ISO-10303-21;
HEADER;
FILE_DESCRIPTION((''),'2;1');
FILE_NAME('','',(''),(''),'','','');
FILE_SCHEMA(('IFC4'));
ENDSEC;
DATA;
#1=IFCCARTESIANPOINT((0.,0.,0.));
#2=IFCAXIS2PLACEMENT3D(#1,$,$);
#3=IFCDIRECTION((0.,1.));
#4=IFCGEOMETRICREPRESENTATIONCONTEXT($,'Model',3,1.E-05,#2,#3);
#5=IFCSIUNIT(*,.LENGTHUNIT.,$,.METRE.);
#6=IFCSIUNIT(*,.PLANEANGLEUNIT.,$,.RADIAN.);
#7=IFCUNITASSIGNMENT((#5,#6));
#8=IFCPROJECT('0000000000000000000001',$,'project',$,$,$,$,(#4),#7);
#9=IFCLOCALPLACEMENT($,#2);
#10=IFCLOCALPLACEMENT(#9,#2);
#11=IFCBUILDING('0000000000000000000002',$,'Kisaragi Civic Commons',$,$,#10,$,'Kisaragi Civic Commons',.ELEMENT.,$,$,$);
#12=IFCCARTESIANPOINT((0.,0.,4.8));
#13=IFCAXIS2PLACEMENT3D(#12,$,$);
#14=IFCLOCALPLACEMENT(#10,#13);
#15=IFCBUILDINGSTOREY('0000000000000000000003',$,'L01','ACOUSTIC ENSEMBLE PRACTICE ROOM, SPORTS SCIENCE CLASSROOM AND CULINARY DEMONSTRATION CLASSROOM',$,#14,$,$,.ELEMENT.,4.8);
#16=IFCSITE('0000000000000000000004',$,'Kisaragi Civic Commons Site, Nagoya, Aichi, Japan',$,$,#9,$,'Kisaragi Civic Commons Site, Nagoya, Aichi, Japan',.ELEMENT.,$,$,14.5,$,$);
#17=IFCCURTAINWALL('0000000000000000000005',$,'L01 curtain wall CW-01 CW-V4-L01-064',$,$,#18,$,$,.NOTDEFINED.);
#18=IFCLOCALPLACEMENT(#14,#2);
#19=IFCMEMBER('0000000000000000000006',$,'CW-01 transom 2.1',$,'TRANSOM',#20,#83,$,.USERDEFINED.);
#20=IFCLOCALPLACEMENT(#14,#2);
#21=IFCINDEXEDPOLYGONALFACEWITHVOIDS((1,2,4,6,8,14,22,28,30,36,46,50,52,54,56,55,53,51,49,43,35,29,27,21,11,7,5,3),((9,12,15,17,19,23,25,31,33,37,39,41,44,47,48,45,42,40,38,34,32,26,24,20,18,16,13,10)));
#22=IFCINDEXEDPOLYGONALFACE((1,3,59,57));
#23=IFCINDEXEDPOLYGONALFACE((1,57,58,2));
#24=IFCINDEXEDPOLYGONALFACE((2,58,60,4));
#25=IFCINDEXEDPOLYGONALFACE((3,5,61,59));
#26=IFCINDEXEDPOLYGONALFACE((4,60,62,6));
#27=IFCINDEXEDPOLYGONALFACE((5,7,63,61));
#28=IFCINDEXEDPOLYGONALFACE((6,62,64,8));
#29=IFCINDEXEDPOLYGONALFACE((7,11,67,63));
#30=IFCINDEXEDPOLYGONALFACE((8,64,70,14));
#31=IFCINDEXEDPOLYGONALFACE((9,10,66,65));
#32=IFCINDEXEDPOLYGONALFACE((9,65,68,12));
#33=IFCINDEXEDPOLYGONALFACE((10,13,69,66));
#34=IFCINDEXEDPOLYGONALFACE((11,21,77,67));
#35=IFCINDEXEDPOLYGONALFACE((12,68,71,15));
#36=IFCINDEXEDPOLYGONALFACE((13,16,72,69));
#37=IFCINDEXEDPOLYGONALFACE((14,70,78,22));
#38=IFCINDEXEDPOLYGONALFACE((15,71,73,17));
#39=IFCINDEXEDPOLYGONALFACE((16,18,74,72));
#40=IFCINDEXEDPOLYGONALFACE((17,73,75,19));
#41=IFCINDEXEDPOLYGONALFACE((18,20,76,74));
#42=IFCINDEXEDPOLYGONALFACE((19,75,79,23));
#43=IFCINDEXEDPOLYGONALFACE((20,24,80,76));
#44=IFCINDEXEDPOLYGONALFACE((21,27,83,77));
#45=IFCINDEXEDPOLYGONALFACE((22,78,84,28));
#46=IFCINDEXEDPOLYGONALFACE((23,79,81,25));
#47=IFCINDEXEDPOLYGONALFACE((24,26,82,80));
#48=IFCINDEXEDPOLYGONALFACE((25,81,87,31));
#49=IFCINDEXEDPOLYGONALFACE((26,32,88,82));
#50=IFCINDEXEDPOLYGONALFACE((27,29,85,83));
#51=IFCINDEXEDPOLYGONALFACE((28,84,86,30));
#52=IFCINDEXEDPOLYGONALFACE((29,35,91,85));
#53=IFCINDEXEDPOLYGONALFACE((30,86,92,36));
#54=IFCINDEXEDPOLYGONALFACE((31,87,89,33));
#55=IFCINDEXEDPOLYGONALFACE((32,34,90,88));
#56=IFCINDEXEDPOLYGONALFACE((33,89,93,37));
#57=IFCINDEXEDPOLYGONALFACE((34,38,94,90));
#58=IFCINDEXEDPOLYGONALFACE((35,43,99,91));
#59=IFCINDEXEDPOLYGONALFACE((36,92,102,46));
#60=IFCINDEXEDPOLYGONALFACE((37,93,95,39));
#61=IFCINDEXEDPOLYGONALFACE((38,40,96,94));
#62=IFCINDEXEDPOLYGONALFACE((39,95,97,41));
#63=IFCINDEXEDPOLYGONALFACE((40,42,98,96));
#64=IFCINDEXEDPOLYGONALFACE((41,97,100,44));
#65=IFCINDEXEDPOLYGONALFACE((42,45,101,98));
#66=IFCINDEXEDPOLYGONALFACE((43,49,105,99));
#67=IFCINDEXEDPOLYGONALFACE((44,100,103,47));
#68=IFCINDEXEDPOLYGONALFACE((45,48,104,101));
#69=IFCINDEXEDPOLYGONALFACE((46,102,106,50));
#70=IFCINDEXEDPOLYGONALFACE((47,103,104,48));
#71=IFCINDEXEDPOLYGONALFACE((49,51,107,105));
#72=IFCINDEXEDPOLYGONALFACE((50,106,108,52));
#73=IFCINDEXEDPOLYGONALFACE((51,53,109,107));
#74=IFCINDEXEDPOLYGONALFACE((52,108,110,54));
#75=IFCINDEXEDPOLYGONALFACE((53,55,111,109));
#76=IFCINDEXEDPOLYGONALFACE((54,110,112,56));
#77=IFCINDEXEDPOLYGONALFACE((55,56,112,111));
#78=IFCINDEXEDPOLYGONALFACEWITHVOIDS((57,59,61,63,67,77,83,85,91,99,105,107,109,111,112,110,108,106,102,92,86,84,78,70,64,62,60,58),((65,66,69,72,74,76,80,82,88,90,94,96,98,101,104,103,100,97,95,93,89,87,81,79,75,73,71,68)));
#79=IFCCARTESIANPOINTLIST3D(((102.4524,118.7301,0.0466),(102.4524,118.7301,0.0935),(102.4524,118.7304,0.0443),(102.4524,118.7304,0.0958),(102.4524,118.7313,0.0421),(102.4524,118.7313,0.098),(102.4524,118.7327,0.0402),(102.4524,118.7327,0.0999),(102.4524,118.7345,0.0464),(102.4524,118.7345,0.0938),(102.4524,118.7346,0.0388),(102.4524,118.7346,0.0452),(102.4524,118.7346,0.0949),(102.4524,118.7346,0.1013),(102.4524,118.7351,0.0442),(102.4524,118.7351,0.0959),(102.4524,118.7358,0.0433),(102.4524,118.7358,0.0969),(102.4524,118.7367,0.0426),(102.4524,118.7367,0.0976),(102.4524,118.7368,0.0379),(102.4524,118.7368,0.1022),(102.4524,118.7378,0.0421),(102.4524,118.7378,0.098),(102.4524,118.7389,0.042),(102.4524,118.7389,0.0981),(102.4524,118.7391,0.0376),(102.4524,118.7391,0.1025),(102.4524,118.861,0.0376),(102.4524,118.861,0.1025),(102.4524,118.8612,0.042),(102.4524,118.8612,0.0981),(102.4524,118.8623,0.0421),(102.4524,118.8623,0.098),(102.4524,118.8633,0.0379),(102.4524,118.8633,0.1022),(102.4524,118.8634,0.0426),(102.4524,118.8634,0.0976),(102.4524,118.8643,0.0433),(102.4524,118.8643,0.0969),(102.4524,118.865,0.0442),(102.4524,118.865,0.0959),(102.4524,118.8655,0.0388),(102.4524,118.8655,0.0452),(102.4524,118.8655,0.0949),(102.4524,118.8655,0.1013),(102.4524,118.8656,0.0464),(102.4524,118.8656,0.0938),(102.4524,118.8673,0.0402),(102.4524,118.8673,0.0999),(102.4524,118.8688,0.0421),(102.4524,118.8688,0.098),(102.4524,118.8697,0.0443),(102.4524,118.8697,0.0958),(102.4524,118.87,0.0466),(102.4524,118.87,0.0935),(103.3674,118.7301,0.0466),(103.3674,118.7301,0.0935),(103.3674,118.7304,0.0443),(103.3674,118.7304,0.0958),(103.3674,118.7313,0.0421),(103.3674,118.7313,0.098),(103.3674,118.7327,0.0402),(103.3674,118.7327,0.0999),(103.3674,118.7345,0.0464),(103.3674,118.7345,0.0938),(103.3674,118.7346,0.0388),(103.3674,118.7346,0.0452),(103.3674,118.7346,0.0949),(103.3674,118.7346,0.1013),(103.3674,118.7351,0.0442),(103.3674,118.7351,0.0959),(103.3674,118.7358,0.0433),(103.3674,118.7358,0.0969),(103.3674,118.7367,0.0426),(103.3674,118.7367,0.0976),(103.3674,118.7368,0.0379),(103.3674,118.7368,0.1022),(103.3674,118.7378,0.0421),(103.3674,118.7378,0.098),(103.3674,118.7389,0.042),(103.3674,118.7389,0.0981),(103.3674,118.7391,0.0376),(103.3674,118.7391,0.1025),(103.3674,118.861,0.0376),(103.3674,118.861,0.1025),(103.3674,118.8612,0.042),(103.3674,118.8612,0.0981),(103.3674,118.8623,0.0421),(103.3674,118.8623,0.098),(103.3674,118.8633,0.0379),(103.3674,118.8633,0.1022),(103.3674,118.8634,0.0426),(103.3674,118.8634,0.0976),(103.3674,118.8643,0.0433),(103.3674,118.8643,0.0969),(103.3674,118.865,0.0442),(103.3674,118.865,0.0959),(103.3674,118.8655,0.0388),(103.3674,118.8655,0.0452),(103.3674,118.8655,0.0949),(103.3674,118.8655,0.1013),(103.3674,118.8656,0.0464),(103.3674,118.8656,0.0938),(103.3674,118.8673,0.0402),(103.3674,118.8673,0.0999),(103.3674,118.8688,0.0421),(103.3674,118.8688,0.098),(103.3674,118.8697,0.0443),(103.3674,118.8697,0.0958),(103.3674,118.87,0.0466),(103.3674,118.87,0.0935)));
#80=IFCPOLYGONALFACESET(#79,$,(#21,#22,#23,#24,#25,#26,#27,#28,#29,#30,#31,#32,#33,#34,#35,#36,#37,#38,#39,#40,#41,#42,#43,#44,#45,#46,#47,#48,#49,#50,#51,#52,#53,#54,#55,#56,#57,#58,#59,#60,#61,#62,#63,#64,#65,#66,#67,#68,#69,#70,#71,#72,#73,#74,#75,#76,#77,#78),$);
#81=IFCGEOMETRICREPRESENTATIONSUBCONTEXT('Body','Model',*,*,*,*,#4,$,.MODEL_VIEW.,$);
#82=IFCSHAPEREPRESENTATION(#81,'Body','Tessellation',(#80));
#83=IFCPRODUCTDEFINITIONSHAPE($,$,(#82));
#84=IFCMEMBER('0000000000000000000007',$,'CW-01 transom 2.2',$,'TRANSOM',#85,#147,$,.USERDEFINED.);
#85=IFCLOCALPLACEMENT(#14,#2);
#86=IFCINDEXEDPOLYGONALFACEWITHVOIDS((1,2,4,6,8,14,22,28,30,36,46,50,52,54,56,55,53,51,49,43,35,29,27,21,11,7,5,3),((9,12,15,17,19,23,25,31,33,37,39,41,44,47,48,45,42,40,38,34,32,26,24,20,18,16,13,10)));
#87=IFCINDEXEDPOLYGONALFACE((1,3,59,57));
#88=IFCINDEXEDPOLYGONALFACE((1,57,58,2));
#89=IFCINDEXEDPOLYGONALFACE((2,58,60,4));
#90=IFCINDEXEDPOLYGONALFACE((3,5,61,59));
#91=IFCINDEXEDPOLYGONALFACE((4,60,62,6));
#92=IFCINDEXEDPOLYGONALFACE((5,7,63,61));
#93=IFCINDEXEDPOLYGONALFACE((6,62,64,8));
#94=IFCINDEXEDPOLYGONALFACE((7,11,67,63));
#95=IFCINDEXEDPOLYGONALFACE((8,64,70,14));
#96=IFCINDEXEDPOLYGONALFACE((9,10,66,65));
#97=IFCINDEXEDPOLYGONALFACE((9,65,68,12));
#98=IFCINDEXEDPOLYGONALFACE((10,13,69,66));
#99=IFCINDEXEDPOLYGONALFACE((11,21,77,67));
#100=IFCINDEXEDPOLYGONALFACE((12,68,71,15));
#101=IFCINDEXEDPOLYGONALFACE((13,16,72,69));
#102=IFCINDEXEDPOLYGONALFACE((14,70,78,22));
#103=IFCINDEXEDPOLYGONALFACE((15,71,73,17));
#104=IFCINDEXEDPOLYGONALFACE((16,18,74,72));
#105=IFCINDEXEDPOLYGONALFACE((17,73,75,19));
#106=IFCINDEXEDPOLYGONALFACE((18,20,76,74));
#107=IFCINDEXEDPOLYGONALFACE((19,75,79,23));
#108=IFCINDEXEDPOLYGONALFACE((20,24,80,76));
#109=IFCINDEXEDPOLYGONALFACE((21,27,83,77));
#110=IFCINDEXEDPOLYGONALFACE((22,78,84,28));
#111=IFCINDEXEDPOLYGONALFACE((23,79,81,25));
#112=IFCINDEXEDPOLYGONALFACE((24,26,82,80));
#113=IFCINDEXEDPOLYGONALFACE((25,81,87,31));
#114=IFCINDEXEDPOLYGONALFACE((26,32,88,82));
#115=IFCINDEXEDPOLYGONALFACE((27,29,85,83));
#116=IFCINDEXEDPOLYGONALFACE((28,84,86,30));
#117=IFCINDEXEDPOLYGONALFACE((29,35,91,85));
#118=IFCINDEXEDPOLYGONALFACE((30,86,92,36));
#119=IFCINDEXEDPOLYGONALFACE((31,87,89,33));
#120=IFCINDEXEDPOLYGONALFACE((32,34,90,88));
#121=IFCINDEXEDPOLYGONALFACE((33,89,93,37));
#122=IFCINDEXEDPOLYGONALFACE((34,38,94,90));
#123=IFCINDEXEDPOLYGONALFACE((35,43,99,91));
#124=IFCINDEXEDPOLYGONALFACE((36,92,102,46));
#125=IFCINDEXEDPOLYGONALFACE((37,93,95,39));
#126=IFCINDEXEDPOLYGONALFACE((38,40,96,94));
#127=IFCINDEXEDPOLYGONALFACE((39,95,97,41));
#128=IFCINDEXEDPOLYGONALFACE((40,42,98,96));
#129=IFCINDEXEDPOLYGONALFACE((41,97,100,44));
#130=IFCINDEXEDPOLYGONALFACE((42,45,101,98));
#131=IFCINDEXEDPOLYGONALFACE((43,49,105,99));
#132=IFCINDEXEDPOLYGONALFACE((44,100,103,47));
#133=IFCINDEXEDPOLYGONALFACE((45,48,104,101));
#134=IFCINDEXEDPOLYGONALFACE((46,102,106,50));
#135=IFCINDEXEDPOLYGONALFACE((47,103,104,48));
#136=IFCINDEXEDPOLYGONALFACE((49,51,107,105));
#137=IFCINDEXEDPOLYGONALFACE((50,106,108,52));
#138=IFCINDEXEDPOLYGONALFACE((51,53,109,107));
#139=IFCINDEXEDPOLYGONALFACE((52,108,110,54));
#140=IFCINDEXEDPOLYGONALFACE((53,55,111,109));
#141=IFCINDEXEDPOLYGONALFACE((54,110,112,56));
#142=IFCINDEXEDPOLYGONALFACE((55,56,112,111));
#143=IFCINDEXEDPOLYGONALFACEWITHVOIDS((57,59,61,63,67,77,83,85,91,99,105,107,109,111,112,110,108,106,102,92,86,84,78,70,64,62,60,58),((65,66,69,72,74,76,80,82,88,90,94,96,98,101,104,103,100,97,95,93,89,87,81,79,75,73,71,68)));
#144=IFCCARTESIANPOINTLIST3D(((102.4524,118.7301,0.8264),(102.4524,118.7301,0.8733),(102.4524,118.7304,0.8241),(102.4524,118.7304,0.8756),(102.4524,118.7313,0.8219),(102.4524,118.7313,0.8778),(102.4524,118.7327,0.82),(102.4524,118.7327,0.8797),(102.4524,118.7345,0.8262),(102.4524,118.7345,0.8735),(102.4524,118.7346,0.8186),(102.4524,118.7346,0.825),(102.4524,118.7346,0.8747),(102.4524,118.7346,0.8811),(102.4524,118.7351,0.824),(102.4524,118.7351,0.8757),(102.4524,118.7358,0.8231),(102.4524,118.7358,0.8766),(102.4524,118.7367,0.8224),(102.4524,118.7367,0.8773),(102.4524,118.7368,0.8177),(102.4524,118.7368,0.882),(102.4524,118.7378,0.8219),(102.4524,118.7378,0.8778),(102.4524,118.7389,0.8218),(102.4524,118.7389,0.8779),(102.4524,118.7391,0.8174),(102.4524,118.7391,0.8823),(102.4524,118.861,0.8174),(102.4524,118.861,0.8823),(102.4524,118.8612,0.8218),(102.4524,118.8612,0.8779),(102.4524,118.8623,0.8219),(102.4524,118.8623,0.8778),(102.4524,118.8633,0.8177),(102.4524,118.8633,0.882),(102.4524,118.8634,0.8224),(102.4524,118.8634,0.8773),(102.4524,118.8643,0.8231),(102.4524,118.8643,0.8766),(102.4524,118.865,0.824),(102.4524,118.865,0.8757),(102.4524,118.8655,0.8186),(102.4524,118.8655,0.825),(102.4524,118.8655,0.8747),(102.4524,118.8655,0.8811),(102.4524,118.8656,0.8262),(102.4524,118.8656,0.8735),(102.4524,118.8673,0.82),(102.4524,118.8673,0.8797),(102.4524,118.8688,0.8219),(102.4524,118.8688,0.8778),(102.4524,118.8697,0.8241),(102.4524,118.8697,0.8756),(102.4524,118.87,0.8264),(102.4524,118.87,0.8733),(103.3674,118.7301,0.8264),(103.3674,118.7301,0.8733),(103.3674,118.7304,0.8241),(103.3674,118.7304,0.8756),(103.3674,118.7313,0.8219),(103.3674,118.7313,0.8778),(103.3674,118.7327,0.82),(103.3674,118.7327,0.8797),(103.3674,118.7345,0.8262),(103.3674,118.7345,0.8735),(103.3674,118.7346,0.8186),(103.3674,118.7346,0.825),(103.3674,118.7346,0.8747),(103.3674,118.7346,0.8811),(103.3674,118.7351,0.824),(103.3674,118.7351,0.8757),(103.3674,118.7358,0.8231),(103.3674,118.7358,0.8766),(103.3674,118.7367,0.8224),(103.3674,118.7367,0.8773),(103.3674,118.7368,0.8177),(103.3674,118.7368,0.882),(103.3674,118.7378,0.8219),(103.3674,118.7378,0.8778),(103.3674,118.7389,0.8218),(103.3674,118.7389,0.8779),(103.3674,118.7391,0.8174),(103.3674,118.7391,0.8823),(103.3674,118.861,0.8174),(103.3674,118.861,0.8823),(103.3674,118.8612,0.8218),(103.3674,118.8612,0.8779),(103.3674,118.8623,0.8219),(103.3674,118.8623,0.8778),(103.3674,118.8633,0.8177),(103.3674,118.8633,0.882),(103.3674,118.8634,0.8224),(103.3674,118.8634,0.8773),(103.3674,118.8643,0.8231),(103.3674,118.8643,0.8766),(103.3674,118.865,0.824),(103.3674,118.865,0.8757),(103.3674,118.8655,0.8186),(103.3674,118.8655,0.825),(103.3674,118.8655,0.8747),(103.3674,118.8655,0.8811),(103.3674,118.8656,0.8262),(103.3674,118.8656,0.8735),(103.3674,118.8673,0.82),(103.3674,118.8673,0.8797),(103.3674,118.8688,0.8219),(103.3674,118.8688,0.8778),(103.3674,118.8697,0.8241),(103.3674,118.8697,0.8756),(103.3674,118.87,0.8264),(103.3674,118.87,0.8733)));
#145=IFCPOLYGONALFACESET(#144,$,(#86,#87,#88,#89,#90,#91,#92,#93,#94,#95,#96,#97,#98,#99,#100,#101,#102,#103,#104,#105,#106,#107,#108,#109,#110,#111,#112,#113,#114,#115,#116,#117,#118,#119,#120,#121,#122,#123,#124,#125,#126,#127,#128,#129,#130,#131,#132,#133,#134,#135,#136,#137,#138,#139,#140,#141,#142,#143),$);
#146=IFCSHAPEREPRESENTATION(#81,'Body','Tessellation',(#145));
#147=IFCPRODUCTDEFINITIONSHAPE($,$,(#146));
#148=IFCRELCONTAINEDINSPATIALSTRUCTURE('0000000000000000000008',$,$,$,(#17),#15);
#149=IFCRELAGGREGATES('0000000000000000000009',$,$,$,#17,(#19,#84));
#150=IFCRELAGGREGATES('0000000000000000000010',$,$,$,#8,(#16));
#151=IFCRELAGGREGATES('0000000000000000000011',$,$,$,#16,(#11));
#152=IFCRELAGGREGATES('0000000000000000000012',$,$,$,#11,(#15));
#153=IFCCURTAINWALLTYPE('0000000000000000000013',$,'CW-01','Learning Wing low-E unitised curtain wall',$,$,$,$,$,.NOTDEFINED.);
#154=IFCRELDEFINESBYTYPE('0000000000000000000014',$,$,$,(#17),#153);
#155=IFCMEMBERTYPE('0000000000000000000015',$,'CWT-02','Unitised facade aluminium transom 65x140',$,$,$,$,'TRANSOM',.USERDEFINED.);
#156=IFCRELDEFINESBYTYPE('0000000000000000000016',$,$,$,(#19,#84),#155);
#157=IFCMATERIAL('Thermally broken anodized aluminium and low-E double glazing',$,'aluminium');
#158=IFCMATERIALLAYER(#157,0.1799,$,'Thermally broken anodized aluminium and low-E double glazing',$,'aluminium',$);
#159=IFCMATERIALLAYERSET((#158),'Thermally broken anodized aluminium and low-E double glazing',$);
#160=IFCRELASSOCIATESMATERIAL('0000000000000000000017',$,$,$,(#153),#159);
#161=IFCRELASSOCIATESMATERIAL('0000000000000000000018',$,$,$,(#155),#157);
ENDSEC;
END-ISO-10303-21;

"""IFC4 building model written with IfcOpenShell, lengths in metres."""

from ifc_helpers import new_model, si_unit, direction, frame, origin, origin_2d, place, context, subcontext, project, spatial, hollow_rectangle, extrude, material, layer, layer_set, material_profile, profile_set, type_object, element, aggregate, save


model = new_model("IFC4")

# Units and contexts
model_context = context("Model", 3, precision=1e-05, world=origin(), true_north=direction((0.0, 1.0)))
body_context = subcontext(model_context, "Body", "Model", "MODEL_VIEW")
ifc_project = project(units=[si_unit("LENGTHUNIT", "METRE"), si_unit("PLANEANGLEUNIT", "RADIAN")], contexts=[model_context])

# Site, building, storey
site_placement = place(None, origin())
site = spatial("IfcSite", under=ifc_project, at=site_placement, Name="Kisaragi Civic Commons Site, Nagoya, Aichi, Japan", LongName="Kisaragi Civic Commons Site, Nagoya, Aichi, Japan", CompositionType="ELEMENT", RefElevation=14.5)
building_placement = place(site_placement, origin())
building = spatial("IfcBuilding", under=site, at=building_placement, Name="Kisaragi Civic Commons", LongName="Kisaragi Civic Commons", CompositionType="ELEMENT")
storey_placement = place(building_placement, frame((0.0, 0.0, 4.8)))
storey = spatial("IfcBuildingStorey", under=building, at=storey_placement, Name="L01", Description="ACOUSTIC ENSEMBLE PRACTICE ROOM, SPORTS SCIENCE CLASSROOM AND CULINARY DEMONSTRATION CLASSROOM", CompositionType="ELEMENT", Elevation=4.8)

# Curtain wall
ifc_material = material(Name="Thermally broken anodized aluminium and low-E double glazing", Category="aluminium")
ifc_layer_1 = layer(ifc_material, 0.1799, Name="Thermally broken anodized aluminium and low-E double glazing", Category="aluminium")
ifc_layer_set_1 = layer_set([ifc_layer_1], Name="Thermally broken anodized aluminium and low-E double glazing")
curtain_wall_type = type_object("IfcCurtainWallType", Name="CW-01", Description="Learning Wing low-E unitised curtain wall", PredefinedType="NOTDEFINED", material=ifc_layer_set_1)
curtain_wall_1_placement = place(storey_placement, origin())
curtain_wall_1 = element("IfcCurtainWall", 1, at=curtain_wall_1_placement, inside=storey, type_object=curtain_wall_type, Name="L01 curtain wall CW-01 CW-V4-L01-064", PredefinedType="NOTDEFINED")

# Members
ifc_material_profile_1 = material_profile(ifc_material, hollow_rectangle(XDim=0.1399, YDim=0.0649, WallThickness=0.0044, InnerFilletRadius=0.0044, OuterFilletRadius=0.009, at=origin_2d()), Name="CWT-65x140x4.5", Category="aluminium")
ifc_profile_set_1 = profile_set([ifc_material_profile_1], Name="Thermally broken anodized aluminium and low-E double glazing")
member_type_1 = type_object("IfcMemberType", Name="CWT-02", Description="Unitised facade aluminium transom 65x140", ElementType="TRANSOM", PredefinedType="USERDEFINED", material=ifc_profile_set_1)
member_1_placement = place(storey_placement, frame((102.4524, 118.8, 0.0701), z_axis=(1.0, 0.0, 0.0), x_axis=(0.0, 1.0, 0.0)))
member_1 = element("IfcMember", 2, at=member_1_placement, type_object=member_type_1, Name="CW-01 transom 2.1", ObjectType="TRANSOM", PredefinedType="USERDEFINED", context=body_context, shape_type="SweptSolid", body=[
    extrude(hollow_rectangle(XDim=0.1399, YDim=0.0649, WallThickness=0.0044, InnerFilletRadius=0.0044, OuterFilletRadius=0.009, at=origin_2d()), origin(), (0.0, 0.0, 1.0), 0.915),
])
member_2_placement = place(storey_placement, frame((102.4524, 118.8, 0.8499), z_axis=(1.0, 0.0, 0.0), x_axis=(0.0, 1.0, 0.0)))
member_2 = element("IfcMember", 3, at=member_2_placement, type_object=member_type_1, Name="CW-01 transom 2.2", ObjectType="TRANSOM", PredefinedType="USERDEFINED", context=body_context, shape_type="SweptSolid", body=[
    extrude(hollow_rectangle(XDim=0.1399, YDim=0.0649, WallThickness=0.0044, InnerFilletRadius=0.0044, OuterFilletRadius=0.009, at=origin_2d()), origin(), (0.0, 0.0, 1.0), 0.915),
])

aggregate(curtain_wall_1, [member_1, member_2])

save(model, "model.ifc")
